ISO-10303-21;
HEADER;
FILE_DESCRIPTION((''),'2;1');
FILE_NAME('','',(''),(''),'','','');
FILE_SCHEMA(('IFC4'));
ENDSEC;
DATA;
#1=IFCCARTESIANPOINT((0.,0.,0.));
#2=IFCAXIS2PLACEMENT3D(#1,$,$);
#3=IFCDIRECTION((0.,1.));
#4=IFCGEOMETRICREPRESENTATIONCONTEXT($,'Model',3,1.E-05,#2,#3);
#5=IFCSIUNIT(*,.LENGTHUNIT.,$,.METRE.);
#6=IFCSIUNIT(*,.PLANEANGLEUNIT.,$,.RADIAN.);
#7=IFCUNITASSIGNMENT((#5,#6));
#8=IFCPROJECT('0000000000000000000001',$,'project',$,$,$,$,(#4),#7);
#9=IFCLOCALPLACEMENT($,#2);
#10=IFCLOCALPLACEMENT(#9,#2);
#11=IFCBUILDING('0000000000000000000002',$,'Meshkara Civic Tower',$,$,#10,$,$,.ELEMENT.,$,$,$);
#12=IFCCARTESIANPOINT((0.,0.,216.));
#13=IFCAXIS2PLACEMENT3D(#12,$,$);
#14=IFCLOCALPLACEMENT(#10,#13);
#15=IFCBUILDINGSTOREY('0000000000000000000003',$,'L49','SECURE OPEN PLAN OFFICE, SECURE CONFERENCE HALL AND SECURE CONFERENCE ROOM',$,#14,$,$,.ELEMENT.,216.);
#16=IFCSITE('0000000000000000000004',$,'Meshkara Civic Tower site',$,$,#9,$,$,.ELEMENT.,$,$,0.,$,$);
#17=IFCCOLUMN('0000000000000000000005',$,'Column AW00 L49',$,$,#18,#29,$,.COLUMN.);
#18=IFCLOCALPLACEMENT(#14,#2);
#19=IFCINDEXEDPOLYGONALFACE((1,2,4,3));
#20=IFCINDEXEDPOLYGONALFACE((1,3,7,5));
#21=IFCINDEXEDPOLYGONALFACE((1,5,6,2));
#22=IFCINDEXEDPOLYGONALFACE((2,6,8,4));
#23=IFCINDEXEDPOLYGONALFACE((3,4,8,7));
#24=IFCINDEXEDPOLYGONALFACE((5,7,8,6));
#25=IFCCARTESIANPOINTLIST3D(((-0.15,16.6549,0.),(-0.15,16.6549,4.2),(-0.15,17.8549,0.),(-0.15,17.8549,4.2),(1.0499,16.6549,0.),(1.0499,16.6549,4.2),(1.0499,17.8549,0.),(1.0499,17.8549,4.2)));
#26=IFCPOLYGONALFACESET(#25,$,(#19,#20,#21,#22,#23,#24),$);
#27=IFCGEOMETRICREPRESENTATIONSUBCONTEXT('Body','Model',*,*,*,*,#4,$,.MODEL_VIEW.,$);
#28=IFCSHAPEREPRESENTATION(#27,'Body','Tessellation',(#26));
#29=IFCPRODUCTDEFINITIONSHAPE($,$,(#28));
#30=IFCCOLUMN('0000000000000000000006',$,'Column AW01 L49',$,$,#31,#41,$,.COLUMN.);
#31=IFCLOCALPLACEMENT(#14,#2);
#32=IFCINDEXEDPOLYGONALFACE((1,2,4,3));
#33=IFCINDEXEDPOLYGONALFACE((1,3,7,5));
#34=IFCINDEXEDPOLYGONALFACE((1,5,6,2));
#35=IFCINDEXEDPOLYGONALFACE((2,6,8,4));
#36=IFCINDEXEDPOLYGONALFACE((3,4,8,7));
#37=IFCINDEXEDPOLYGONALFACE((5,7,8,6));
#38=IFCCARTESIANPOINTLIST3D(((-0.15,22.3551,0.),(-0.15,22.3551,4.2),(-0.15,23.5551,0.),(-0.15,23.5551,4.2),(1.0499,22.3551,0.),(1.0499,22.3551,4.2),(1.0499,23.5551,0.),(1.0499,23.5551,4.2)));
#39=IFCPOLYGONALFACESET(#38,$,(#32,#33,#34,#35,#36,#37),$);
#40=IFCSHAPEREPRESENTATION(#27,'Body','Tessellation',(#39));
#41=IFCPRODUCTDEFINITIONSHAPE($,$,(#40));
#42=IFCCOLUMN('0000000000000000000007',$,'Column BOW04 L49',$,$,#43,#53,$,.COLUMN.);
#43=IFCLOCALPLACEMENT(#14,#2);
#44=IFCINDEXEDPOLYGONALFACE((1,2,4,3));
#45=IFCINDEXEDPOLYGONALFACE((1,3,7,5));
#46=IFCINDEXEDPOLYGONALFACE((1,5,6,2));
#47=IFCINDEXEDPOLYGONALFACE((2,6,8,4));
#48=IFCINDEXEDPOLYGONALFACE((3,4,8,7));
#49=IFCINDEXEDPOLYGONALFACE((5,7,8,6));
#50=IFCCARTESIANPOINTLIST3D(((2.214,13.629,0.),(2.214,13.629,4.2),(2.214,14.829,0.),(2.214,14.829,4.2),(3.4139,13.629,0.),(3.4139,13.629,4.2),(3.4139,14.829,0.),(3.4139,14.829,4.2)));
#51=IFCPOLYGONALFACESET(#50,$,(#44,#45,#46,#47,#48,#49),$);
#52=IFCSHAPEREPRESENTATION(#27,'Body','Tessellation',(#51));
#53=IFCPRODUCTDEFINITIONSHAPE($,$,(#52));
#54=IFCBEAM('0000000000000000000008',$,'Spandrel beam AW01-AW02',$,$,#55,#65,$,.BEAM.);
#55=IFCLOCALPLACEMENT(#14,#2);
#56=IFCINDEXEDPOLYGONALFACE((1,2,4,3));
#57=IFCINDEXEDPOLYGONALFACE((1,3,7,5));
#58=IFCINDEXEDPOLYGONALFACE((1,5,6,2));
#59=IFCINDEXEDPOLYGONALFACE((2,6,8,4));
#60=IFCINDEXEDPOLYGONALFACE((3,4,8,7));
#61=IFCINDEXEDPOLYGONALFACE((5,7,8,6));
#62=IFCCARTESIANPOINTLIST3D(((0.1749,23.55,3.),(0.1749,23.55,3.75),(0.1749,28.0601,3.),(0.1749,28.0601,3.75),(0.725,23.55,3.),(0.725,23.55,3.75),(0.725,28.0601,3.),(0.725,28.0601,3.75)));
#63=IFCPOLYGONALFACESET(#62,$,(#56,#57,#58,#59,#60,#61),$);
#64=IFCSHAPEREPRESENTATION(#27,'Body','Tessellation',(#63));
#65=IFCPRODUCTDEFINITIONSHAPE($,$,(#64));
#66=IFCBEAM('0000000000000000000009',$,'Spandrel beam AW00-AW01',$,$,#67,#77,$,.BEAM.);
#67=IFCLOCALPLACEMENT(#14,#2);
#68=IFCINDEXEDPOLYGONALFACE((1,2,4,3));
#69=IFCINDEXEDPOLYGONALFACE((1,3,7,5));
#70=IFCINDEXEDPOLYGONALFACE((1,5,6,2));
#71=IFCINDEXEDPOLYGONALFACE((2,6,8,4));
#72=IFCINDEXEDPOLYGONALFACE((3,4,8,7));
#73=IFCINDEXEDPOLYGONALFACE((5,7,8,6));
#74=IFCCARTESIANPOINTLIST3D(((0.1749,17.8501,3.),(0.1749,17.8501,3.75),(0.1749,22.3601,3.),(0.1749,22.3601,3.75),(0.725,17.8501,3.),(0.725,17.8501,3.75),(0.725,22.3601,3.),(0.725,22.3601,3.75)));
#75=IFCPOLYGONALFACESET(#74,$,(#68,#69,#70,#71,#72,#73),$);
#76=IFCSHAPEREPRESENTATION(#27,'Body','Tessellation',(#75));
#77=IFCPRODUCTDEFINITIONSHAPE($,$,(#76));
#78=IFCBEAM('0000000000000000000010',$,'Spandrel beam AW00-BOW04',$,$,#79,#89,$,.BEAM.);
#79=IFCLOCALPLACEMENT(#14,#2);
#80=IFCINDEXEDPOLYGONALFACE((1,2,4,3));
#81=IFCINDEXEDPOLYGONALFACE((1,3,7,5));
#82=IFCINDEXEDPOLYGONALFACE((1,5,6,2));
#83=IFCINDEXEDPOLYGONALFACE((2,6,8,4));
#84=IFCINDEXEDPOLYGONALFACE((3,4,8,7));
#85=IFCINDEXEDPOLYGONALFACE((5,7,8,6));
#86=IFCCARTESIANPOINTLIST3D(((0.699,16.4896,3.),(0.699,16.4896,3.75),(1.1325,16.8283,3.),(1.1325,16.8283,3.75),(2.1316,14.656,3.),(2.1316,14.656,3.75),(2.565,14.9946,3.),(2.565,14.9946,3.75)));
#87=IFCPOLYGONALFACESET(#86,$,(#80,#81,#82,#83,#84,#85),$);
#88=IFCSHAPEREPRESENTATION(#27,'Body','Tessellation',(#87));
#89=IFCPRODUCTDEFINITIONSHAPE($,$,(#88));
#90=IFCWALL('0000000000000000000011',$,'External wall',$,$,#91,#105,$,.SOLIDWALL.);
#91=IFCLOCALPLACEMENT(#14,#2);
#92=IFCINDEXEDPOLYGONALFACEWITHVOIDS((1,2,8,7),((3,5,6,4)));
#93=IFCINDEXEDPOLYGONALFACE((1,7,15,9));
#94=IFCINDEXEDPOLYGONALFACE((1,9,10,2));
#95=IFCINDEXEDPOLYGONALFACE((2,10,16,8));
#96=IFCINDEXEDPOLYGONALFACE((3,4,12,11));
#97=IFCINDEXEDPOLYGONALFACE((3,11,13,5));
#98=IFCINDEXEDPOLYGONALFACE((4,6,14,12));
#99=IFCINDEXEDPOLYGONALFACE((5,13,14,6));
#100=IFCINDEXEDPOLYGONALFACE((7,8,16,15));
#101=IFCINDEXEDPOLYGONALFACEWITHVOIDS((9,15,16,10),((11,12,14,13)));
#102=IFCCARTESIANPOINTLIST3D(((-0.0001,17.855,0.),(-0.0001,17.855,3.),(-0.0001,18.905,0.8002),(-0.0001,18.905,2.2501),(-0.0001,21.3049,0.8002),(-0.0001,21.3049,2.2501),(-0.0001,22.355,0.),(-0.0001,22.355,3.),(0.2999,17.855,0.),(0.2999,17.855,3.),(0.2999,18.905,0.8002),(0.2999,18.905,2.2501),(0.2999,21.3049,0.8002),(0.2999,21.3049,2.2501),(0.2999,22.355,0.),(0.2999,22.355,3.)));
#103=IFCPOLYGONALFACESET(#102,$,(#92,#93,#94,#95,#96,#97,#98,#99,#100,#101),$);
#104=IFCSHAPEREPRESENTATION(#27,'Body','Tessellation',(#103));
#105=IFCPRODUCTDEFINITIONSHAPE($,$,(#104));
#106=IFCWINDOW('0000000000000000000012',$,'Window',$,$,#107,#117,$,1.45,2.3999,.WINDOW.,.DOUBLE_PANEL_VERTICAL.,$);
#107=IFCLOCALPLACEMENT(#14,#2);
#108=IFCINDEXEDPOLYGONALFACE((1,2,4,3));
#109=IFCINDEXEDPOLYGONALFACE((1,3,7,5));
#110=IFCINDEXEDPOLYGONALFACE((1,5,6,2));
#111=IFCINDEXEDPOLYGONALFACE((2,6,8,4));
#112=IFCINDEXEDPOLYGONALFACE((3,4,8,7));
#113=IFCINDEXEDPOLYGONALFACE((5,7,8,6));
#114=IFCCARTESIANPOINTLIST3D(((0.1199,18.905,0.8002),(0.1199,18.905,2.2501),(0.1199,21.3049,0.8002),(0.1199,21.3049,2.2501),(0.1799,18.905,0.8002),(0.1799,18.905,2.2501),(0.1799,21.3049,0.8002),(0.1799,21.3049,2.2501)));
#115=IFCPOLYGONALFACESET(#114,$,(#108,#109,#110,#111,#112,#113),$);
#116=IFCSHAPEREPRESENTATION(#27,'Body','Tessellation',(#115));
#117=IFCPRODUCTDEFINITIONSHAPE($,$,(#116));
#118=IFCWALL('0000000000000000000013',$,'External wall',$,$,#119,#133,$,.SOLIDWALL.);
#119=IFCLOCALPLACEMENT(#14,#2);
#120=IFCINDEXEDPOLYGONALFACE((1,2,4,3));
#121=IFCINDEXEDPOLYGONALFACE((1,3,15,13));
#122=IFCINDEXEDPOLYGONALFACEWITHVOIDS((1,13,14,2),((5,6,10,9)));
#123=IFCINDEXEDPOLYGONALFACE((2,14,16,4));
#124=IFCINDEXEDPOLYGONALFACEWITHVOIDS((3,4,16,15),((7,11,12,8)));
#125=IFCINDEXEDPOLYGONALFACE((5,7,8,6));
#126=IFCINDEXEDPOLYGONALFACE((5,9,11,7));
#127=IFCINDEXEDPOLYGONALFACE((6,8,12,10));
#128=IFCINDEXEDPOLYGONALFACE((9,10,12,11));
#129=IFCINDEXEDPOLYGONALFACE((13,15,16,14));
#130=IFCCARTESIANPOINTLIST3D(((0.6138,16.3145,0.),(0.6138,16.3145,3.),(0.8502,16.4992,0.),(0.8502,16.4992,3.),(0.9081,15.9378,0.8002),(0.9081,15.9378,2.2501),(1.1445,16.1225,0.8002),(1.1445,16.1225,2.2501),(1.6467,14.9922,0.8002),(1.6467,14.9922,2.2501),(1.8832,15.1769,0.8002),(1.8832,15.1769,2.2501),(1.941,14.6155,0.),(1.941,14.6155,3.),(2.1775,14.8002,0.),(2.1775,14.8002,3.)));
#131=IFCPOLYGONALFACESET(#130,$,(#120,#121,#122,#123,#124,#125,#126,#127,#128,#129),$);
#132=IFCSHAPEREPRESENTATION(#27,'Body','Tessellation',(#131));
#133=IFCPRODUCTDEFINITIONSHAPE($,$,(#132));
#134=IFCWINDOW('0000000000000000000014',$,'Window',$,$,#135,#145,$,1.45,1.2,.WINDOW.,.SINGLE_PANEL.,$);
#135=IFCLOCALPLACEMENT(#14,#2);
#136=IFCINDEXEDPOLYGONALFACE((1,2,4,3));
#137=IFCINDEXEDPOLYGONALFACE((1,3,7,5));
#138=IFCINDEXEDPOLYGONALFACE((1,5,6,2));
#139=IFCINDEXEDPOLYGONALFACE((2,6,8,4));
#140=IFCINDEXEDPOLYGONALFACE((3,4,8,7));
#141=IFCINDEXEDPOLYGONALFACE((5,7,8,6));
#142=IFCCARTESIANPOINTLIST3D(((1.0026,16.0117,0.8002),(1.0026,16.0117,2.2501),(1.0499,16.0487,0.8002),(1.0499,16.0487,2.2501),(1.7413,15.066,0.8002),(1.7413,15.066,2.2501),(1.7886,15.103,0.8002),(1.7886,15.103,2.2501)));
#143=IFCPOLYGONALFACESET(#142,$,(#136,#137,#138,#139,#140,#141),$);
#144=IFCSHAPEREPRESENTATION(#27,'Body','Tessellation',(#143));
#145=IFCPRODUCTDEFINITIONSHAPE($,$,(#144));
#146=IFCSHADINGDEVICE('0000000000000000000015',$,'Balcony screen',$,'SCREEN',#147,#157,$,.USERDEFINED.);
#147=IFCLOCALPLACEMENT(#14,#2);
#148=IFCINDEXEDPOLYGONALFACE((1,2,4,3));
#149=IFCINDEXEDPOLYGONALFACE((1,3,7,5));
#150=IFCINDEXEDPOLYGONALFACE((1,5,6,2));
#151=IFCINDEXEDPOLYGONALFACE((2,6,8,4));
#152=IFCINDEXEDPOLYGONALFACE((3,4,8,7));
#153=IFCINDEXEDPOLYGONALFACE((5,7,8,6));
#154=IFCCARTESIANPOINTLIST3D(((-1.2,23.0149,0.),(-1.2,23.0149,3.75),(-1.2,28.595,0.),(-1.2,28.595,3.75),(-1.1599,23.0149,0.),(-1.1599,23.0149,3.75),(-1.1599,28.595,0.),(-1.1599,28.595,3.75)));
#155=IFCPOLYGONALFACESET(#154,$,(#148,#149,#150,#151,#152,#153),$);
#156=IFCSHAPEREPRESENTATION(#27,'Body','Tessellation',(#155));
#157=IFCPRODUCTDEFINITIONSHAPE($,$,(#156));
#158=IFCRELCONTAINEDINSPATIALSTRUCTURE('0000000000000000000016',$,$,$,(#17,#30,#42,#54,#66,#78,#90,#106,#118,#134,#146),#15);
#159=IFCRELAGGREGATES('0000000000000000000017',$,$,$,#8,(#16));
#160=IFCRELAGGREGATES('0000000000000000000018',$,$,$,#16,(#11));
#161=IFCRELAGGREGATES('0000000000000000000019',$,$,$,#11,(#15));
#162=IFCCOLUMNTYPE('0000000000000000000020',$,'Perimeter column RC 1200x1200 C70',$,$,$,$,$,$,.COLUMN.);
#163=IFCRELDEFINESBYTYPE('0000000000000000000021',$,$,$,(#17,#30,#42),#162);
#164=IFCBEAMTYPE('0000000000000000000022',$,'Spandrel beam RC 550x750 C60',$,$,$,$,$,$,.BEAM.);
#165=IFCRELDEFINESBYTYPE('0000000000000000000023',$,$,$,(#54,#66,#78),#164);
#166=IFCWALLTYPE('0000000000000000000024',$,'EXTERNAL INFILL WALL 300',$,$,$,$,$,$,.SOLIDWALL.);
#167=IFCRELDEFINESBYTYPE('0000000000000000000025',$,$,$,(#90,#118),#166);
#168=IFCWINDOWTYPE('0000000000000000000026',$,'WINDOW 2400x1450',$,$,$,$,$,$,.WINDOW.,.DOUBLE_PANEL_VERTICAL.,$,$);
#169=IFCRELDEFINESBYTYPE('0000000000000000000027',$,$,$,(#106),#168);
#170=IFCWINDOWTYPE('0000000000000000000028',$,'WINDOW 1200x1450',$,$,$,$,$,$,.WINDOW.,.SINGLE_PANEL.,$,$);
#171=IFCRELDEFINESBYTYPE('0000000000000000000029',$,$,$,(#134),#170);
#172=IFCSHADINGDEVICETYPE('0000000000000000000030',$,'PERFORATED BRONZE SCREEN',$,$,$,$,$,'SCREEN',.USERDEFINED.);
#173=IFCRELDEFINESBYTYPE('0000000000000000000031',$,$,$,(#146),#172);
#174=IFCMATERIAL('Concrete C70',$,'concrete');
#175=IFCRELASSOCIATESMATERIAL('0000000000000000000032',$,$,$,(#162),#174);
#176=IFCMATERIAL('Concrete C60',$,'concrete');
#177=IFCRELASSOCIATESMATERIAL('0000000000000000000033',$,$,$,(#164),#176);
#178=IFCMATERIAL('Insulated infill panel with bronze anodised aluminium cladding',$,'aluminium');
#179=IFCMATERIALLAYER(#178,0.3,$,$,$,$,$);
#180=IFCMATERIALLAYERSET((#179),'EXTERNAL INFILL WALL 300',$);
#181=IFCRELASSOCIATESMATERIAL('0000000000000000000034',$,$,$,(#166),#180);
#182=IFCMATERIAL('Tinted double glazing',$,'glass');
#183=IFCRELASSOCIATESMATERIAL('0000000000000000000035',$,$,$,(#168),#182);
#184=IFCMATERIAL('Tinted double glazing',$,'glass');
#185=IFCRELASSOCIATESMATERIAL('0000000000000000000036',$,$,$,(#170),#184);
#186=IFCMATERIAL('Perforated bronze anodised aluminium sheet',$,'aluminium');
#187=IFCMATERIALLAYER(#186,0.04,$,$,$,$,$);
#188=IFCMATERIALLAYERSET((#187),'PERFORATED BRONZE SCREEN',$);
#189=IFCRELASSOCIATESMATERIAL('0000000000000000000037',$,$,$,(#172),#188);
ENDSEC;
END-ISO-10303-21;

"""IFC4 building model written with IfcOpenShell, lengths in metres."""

from ifc_helpers import new_model, si_unit, direction, frame, frame_2d, origin, origin_2d, place, context, subcontext, project, spatial, rectangle, extrude, material, layer, layer_set, material_profile, profile_set, type_object, element, fill, save


model = new_model("IFC4")

# Units and contexts
model_context = context("Model", 3, precision=1e-05, world=origin(), true_north=direction((0.0, 1.0)))
body_context = subcontext(model_context, "Body", "Model", "MODEL_VIEW")
ifc_project = project(units=[si_unit("LENGTHUNIT", "METRE"), si_unit("PLANEANGLEUNIT", "RADIAN")], contexts=[model_context])

# Site, building, storey
site_placement = place(None, origin())
site = spatial("IfcSite", under=ifc_project, at=site_placement, Name="Meshkara Civic Tower site", CompositionType="ELEMENT", RefElevation=0.0)
building_placement = place(site_placement, origin())
building = spatial("IfcBuilding", under=site, at=building_placement, Name="Meshkara Civic Tower", CompositionType="ELEMENT")
storey_placement = place(building_placement, frame((0.0, 0.0, 216.0)))
storey = spatial("IfcBuildingStorey", under=building, at=storey_placement, Name="L49", Description="SECURE OPEN PLAN OFFICE, SECURE CONFERENCE HALL AND SECURE CONFERENCE ROOM", CompositionType="ELEMENT", Elevation=216.0)

# Columns
ifc_material_1 = material(Name="Concrete C70", Category="concrete")
ifc_material_profile_1 = material_profile(ifc_material_1, rectangle(XDim=1.2, YDim=1.2, at=origin_2d()))
ifc_profile_set_1 = profile_set([ifc_material_profile_1], Name="Concrete C70")
column_type = type_object("IfcColumnType", Name="Perimeter column RC 1200x1200 C70", PredefinedType="COLUMN", material=ifc_profile_set_1)
for number, where, z_axis, x_axis, name in (
    (1, (0.45, 17.2549, 0.0), (0.0, 0.0, 1.0), (1.0, 0.0, 0.0), "Column AW00 L49"),
    (2, (0.45, 22.9551, 0.0), (0.0, 0.0, 1.0), (1.0, 0.0, 0.0), "Column AW01 L49"),
    (3, (2.814, 14.229, 0.0), (0.0, 0.0, 1.0), (1.0, 0.0, 0.0), "Column BOW04 L49"),
):
    element("IfcColumn", number, at=place(storey_placement, frame(where, z_axis=z_axis, x_axis=x_axis)), inside=storey, type_object=column_type, Name=name, PredefinedType="COLUMN", context=body_context, shape_type="SweptSolid", body=[
        extrude(rectangle(XDim=1.2, YDim=1.2, at=origin_2d()), origin(), (0.0, 0.0, 1.0), 4.2),
    ])

# Beams
ifc_material_2 = material(Name="Concrete C60", Category="concrete")
ifc_material_profile_2 = material_profile(ifc_material_2, rectangle(XDim=0.55, YDim=0.75, at=origin_2d()))
ifc_profile_set_2 = profile_set([ifc_material_profile_2], Name="Concrete C60")
beam_type = type_object("IfcBeamType", Name="Spandrel beam RC 550x750 C60", PredefinedType="BEAM", material=ifc_profile_set_2)
for number, where, z_axis, x_axis, name in (
    (4, (0.45, 28.0601, 3.375), (0.0, -1.0, 0.0), (1.0, 0.0, 0.0), "Spandrel beam AW01-AW02"),
    (5, (0.45, 22.3601, 3.375), (0.0, -1.0, 0.0), (1.0, 0.0, 0.0), "Spandrel beam AW00-AW01"),
):
    element("IfcBeam", number, at=place(storey_placement, frame(where, z_axis=z_axis, x_axis=x_axis)), inside=storey, type_object=beam_type, Name=name, PredefinedType="BEAM", context=body_context, shape_type="SweptSolid", body=[
        extrude(rectangle(XDim=0.55, YDim=0.75, at=origin_2d()), origin(), (0.0, 0.0, 1.0), 4.51),
    ])
beam_placement = place(storey_placement, frame((0.9158, 16.6589, 3.375), z_axis=(0.615646, -0.788023, 0.0), x_axis=(0.788023, 0.615646, 0.0)))
element("IfcBeam", 6, at=beam_placement, inside=storey, type_object=beam_type, Name="Spandrel beam AW00-BOW04", PredefinedType="BEAM", context=body_context, shape_type="SweptSolid", body=[
    extrude(rectangle(XDim=0.55, YDim=0.75, at=origin_2d()), origin(), (0.0, 0.0, 1.0), 2.3269),
])

# Walls, openings, windows
ifc_material_3 = material(Name="Insulated infill panel with bronze anodised aluminium cladding", Category="aluminium")
ifc_layer_1 = layer(ifc_material_3, 0.3)
ifc_layer_set_1 = layer_set([ifc_layer_1], Name="EXTERNAL INFILL WALL 300")
wall_type_1 = type_object("IfcWallType", Name="EXTERNAL INFILL WALL 300", PredefinedType="SOLIDWALL", material=ifc_layer_set_1)
wall_1_placement = place(storey_placement, frame((0.1499, 22.355, 0.0), z_axis=(0.0, 0.0, 1.0), x_axis=(0.0, -1.0, 0.0)))
wall_1 = element("IfcWall", 7, at=wall_1_placement, inside=storey, type_object=wall_type_1, Name="External wall", PredefinedType="SOLIDWALL", context=body_context, shape_type="SweptSolid", body=[
    extrude(rectangle(XDim=4.5, YDim=0.3, at=frame_2d((2.25, 0.0))), origin(), (0.0, 0.0, 1.0), 3.0),
])
opening_1_placement = place(wall_1_placement, frame((1.05, 0.0, 0.8)))
opening_1 = element("IfcOpeningElement", 8, at=opening_1_placement, cuts=wall_1, PredefinedType="OPENING", context=body_context, shape_type="SweptSolid", body=[
    extrude(rectangle(XDim=2.3999, YDim=1.45, at=frame_2d((1.2, 0.7251))), frame((0.0, 0.1599, 0.0), z_axis=(0.0, -1.0, 0.0), x_axis=(1.0, 0.0, 0.0)), (0.0, 0.0, 1.0), 0.3201),
])
ifc_material_4 = material(Name="Tinted double glazing", Category="glass")
window_type_1 = type_object("IfcWindowType", Name="WINDOW 2400x1450", PartitioningType="DOUBLE_PANEL_VERTICAL", PredefinedType="WINDOW", material=ifc_material_4)
window_1_placement = place(opening_1_placement, origin())
window_1 = element("IfcWindow", 9, at=window_1_placement, inside=storey, type_object=window_type_1, Name="Window", OverallHeight=1.45, OverallWidth=2.3999, PartitioningType="DOUBLE_PANEL_VERTICAL", PredefinedType="WINDOW", context=body_context, shape_type="SweptSolid", body=[
    extrude(rectangle(XDim=2.3999, YDim=1.45, at=frame_2d((1.2, 0.7251))), frame((0.0, 0.03, 0.0), z_axis=(0.0, -1.0, 0.0), x_axis=(1.0, 0.0, 0.0)), (0.0, 0.0, 1.0), 0.0601),
])
fill(opening_1, window_1)
wall_2_placement = place(storey_placement, frame((0.7319, 16.407, 0.0), z_axis=(0.0, 0.0, 1.0), x_axis=(0.615593, -0.788064, 0.0)))
wall_2 = element("IfcWall", 10, at=wall_2_placement, inside=storey, type_object=wall_type_1, Name="External wall", PredefinedType="SOLIDWALL", context=body_context, shape_type="SweptSolid", body=[
    extrude(rectangle(XDim=2.156, YDim=0.3, at=frame_2d((1.0781, 0.0))), origin(), (0.0, 0.0, 1.0), 3.0),
])
opening_2_placement = place(wall_2_placement, frame((0.478, 0.0, 0.8)))
opening_2 = element("IfcOpeningElement", 11, at=opening_2_placement, cuts=wall_2, PredefinedType="OPENING", context=body_context, shape_type="SweptSolid", body=[
    extrude(rectangle(XDim=1.2, YDim=1.45, at=frame_2d((0.6001, 0.7251))), frame((0.0, 0.1599, 0.0), z_axis=(0.0, -1.0, 0.0), x_axis=(1.0, 0.0, 0.0)), (0.0, 0.0, 1.0), 0.3201),
])
ifc_material_5 = material(Name="Tinted double glazing", Category="glass")
window_type_2 = type_object("IfcWindowType", Name="WINDOW 1200x1450", PartitioningType="SINGLE_PANEL", PredefinedType="WINDOW", material=ifc_material_5)
window_2_placement = place(opening_2_placement, origin())
window_2 = element("IfcWindow", 12, at=window_2_placement, inside=storey, type_object=window_type_2, Name="Window", OverallHeight=1.45, OverallWidth=1.2, PartitioningType="SINGLE_PANEL", PredefinedType="WINDOW", context=body_context, shape_type="SweptSolid", body=[
    extrude(rectangle(XDim=1.2, YDim=1.45, at=frame_2d((0.6001, 0.7251))), frame((0.0, 0.03, 0.0), z_axis=(0.0, -1.0, 0.0), x_axis=(1.0, 0.0, 0.0)), (0.0, 0.0, 1.0), 0.0601),
])
fill(opening_2, window_2)

# Shading device
ifc_material_6 = material(Name="Perforated bronze anodised aluminium sheet", Category="aluminium")
ifc_layer_2 = layer(ifc_material_6, 0.04)
ifc_layer_set_2 = layer_set([ifc_layer_2], Name="PERFORATED BRONZE SCREEN")
shading_device_type = type_object("IfcShadingDeviceType", Name="PERFORATED BRONZE SCREEN", ElementType="SCREEN", PredefinedType="USERDEFINED", material=ifc_layer_set_2)
shading_device_placement = place(storey_placement, frame((-1.1799, 25.8049, 0.0), z_axis=(0.0, 0.0, 1.0), x_axis=(0.0, -1.0, 0.0)))
element("IfcShadingDevice", 13, at=shading_device_placement, inside=storey, type_object=shading_device_type, Name="Balcony screen", ObjectType="SCREEN", PredefinedType="USERDEFINED", context=body_context, shape_type="SweptSolid", body=[
    extrude(rectangle(XDim=5.5801, YDim=0.04, at=origin_2d()), origin(), (0.0, 0.0, 1.0), 3.75),
])

save(model, "model.ifc")
